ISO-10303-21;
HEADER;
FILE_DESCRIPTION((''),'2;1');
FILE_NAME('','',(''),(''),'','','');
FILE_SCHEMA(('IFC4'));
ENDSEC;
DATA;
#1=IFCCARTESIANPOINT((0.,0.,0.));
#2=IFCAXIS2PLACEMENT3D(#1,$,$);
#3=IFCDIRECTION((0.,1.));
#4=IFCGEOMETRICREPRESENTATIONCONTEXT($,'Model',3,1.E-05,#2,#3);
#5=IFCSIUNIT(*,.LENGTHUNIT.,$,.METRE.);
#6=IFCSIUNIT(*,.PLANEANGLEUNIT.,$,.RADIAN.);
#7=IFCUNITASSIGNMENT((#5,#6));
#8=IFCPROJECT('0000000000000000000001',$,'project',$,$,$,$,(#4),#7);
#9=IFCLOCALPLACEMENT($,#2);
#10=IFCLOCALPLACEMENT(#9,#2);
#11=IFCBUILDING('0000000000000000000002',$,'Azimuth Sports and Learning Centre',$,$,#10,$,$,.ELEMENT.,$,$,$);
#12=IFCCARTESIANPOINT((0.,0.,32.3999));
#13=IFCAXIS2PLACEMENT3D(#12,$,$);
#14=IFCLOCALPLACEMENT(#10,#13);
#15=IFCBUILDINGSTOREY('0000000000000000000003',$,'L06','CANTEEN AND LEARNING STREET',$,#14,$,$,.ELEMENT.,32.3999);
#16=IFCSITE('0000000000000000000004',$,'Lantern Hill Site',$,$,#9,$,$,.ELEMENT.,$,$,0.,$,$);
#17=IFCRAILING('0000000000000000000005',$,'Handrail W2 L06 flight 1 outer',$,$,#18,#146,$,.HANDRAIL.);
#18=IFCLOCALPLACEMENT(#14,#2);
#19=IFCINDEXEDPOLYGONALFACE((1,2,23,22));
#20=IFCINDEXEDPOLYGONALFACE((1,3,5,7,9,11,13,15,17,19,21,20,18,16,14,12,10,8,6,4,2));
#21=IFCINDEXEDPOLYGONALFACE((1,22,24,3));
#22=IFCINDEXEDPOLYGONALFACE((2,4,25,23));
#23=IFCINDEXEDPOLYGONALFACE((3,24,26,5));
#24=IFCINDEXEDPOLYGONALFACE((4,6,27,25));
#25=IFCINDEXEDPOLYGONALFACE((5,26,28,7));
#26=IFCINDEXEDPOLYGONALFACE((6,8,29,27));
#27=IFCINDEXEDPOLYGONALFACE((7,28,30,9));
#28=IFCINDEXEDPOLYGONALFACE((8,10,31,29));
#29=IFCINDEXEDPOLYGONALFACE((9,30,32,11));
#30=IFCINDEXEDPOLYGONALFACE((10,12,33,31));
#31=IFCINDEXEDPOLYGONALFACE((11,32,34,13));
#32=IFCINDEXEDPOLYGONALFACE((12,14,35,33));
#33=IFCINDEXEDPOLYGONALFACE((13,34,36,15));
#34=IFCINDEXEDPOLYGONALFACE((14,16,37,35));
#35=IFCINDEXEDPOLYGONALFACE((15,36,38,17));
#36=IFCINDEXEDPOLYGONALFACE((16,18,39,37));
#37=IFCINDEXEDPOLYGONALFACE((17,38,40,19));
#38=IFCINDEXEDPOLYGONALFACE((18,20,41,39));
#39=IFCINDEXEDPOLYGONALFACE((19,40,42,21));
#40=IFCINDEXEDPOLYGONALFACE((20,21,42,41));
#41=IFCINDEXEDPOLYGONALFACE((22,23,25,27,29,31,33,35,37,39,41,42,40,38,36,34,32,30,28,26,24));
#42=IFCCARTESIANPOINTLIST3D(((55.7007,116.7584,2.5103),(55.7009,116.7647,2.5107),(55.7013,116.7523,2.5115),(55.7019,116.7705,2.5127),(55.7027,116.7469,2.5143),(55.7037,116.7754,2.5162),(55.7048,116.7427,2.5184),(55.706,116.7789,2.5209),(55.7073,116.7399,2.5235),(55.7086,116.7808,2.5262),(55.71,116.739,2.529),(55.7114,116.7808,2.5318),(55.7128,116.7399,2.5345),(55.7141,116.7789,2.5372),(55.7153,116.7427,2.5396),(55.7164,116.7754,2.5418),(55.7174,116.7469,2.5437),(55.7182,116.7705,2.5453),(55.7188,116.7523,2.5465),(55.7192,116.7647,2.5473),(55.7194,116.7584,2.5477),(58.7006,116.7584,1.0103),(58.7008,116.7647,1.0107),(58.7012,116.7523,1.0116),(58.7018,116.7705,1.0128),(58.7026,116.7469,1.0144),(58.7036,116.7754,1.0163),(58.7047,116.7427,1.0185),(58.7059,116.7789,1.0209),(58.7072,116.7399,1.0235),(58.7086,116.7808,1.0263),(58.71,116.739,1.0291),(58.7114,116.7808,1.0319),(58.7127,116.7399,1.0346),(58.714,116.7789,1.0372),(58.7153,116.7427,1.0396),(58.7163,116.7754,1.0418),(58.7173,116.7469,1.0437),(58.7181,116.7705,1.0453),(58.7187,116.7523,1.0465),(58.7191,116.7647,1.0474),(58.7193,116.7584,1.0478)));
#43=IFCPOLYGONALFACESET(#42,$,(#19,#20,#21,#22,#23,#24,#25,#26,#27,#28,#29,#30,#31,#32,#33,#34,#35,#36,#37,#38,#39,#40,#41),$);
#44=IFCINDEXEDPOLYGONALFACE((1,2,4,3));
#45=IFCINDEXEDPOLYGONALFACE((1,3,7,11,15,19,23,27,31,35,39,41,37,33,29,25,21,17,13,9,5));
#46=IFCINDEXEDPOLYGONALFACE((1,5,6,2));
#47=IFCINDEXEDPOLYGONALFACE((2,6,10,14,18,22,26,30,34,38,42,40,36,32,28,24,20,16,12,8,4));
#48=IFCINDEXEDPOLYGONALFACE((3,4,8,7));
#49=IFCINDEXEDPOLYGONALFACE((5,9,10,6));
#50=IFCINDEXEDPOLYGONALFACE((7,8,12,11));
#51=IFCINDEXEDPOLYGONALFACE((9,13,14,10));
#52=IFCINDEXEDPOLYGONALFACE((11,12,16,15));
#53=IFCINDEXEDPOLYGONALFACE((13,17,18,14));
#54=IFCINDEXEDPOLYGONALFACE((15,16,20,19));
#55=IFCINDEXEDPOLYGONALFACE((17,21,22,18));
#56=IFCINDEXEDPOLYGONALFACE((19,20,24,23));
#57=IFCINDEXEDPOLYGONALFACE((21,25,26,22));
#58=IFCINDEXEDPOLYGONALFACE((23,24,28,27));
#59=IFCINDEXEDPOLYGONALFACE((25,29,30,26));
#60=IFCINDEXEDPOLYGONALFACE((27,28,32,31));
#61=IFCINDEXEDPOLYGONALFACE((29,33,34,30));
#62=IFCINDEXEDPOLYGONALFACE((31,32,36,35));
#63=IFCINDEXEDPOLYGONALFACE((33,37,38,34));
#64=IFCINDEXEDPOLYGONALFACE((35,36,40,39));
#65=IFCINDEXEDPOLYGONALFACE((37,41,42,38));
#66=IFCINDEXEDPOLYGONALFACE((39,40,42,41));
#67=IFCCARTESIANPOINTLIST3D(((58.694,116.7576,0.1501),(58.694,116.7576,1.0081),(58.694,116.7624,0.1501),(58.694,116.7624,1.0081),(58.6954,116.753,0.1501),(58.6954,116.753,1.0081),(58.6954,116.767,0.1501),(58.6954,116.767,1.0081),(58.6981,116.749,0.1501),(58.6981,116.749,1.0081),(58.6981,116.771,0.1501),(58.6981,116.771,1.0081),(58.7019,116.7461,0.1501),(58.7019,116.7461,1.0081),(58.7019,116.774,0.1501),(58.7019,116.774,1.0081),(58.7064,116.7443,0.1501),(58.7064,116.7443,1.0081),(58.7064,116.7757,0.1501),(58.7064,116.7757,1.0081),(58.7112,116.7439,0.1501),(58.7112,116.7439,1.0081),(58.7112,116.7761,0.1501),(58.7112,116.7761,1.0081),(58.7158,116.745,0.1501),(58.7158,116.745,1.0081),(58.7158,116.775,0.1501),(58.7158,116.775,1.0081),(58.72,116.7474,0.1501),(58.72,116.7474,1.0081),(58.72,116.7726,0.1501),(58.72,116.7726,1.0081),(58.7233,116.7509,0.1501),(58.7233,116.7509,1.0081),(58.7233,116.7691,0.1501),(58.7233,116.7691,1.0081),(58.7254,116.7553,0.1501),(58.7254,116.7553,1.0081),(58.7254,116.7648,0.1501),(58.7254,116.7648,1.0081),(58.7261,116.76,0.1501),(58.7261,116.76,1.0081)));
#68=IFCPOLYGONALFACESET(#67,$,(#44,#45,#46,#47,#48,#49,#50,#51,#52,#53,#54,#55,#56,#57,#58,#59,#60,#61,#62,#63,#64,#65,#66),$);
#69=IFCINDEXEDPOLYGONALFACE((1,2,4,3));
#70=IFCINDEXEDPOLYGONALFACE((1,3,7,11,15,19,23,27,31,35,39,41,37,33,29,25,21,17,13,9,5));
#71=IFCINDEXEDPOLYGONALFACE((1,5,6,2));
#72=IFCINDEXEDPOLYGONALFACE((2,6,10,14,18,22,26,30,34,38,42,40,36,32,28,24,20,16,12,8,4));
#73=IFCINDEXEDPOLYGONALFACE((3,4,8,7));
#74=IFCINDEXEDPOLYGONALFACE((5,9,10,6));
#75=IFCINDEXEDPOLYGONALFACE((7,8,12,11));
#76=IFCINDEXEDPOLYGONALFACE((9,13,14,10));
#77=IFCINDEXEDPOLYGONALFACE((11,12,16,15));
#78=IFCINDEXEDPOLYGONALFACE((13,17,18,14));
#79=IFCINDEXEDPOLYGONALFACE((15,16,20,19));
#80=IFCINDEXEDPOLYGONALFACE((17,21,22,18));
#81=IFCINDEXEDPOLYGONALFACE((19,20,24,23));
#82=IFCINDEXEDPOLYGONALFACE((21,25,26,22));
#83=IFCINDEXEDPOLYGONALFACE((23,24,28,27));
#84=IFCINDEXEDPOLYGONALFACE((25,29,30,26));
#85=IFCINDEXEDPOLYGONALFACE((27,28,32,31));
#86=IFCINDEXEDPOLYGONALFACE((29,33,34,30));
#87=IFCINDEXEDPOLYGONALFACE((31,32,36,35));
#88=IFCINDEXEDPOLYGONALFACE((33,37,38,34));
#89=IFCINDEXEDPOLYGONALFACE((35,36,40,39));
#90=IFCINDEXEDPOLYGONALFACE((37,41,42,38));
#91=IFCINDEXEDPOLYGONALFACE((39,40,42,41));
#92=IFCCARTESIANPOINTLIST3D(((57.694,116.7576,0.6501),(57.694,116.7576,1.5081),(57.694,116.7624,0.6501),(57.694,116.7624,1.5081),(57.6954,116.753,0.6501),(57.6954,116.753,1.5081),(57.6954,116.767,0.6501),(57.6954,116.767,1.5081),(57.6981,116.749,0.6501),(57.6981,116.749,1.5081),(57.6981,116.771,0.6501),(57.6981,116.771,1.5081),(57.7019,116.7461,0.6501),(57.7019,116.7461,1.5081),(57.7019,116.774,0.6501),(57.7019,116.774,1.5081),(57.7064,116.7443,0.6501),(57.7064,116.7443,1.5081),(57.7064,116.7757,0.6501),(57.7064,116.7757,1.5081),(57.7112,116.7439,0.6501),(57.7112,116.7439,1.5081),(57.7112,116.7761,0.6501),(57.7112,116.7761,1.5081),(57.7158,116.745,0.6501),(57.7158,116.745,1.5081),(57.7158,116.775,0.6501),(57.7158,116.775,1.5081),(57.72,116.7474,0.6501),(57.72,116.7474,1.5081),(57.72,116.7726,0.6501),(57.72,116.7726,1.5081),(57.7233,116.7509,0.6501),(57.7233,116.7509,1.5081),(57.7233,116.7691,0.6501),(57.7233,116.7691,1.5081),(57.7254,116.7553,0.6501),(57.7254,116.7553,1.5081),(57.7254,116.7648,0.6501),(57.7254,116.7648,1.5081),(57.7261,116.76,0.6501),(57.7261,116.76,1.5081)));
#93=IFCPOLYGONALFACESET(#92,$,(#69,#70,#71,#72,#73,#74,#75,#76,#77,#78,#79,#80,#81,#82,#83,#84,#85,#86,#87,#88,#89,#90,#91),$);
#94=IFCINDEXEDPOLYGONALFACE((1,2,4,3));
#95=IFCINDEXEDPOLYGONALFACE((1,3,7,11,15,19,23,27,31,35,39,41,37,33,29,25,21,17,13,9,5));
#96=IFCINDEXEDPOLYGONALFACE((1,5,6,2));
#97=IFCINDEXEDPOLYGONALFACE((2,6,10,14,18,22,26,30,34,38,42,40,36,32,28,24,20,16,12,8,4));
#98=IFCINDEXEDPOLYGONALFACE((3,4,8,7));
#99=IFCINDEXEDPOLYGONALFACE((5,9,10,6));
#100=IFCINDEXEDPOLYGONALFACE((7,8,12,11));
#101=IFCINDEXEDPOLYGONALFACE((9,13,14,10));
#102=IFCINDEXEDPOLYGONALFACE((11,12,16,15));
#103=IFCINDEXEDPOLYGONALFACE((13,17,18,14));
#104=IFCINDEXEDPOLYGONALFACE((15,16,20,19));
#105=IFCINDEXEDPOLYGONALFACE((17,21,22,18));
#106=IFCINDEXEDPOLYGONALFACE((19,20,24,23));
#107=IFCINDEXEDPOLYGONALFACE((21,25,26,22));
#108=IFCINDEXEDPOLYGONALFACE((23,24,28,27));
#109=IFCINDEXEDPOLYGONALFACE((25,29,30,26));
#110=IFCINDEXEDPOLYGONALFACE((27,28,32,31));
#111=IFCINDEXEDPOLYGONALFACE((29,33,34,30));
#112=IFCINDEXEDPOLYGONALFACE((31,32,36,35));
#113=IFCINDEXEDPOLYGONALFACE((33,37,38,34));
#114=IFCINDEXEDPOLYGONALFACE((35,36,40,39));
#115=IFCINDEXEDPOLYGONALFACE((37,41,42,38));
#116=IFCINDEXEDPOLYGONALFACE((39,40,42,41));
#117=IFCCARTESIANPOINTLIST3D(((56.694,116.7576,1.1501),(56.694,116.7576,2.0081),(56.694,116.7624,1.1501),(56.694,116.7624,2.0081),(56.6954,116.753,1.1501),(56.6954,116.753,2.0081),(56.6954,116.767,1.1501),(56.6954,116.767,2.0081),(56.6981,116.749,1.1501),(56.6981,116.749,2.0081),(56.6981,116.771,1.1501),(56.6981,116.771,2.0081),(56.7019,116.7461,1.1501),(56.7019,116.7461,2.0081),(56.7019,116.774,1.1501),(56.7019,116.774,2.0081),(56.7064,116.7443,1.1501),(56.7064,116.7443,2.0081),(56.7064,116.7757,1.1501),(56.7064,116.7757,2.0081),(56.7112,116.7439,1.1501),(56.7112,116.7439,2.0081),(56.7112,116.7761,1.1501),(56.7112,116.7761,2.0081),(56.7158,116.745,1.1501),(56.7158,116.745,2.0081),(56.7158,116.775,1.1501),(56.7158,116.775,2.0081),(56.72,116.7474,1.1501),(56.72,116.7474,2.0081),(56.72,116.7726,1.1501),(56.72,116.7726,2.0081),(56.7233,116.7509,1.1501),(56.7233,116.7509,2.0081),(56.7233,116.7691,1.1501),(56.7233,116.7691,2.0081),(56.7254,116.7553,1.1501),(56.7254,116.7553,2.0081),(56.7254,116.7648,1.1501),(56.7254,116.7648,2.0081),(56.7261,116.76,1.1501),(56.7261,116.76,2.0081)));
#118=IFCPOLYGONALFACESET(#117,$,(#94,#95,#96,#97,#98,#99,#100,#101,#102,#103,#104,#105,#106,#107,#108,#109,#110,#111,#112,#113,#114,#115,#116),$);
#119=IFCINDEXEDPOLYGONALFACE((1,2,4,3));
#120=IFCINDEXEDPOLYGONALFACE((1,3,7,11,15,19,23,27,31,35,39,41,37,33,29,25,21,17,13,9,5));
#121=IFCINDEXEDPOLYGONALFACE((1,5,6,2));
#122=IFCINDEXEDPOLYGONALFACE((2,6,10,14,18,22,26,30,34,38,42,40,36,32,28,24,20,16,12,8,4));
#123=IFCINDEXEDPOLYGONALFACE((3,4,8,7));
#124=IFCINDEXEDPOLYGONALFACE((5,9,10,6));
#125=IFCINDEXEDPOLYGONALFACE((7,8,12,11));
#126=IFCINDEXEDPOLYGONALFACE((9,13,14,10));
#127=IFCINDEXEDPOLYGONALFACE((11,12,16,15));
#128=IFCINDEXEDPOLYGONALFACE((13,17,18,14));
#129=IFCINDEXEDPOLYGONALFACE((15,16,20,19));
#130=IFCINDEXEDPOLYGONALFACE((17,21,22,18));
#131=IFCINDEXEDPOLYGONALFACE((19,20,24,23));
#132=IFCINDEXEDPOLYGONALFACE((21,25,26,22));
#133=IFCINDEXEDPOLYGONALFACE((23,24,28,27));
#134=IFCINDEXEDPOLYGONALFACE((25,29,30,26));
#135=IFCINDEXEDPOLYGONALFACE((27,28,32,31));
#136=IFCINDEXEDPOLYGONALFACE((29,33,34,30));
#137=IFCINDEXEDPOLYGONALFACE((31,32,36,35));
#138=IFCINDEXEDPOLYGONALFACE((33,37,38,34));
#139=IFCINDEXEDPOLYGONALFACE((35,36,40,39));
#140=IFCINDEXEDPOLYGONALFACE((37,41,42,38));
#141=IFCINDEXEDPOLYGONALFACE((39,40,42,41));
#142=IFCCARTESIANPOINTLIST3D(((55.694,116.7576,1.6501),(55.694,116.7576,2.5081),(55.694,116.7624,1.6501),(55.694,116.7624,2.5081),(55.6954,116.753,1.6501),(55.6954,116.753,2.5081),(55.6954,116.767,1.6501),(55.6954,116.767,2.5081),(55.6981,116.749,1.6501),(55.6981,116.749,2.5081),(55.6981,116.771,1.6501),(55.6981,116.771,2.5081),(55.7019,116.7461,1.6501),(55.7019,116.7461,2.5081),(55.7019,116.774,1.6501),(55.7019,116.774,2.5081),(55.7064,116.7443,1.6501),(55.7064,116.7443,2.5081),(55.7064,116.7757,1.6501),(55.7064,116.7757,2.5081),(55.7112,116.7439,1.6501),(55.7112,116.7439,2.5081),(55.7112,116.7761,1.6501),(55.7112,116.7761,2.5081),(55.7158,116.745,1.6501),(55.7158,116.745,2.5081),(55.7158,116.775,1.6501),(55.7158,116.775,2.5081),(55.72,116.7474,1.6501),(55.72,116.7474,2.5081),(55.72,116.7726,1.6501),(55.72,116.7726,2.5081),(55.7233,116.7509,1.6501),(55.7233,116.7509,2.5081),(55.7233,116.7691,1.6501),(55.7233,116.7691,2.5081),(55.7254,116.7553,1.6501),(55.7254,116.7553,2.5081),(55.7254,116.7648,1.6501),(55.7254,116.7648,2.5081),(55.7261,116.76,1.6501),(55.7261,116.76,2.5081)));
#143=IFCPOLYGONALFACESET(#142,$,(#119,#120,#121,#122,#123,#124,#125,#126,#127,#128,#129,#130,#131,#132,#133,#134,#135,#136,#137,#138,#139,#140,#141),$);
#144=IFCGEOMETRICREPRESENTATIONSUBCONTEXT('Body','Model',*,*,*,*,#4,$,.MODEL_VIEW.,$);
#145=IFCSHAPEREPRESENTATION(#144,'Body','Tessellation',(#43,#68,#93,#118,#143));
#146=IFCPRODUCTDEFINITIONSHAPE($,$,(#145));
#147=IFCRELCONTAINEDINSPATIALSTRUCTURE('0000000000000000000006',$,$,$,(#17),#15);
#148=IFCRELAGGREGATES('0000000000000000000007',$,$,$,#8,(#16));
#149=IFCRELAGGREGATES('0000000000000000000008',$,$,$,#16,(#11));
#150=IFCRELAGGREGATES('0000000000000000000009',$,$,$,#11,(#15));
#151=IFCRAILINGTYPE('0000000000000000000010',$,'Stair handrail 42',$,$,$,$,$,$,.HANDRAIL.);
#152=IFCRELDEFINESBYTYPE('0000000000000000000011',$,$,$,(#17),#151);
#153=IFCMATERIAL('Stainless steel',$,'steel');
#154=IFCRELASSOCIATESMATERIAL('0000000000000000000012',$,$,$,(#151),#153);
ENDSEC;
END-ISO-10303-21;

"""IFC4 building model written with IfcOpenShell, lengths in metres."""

from ifc_helpers import new_model, si_unit, direction, frame, origin, origin_2d, place, context, subcontext, project, spatial, circle, extrude, material, type_object, element, save


model = new_model("IFC4")

# Units and contexts
model_context = context("Model", 3, precision=1e-05, world=origin(), true_north=direction((0.0, 1.0)))
body_context = subcontext(model_context, "Body", "Model", "MODEL_VIEW")
ifc_project = project(units=[si_unit("LENGTHUNIT", "METRE"), si_unit("PLANEANGLEUNIT", "RADIAN")], contexts=[model_context])

# Site, building, storey
site_placement = place(None, origin())
site = spatial("IfcSite", under=ifc_project, at=site_placement, Name="Lantern Hill Site", CompositionType="ELEMENT", RefElevation=0.0)
building_placement = place(site_placement, origin())
building = spatial("IfcBuilding", under=site, at=building_placement, Name="Azimuth Sports and Learning Centre", CompositionType="ELEMENT")
storey_placement = place(building_placement, frame((0.0, 0.0, 32.3999)))
storey = spatial("IfcBuildingStorey", under=building, at=storey_placement, Name="L06", Description="CANTEEN AND LEARNING STREET", CompositionType="ELEMENT", Elevation=32.3999)

# Railing
ifc_material_1 = material(Name="Stainless steel", Category="steel")
railing_type_1 = type_object("IfcRailingType", Name="Stair handrail 42", PredefinedType="HANDRAIL", material=ifc_material_1)
for number, where, name in (
    (1, (58.71, 116.76, 0.1501), "Handrail W2 L06 flight 1 outer"),
):
    element("IfcRailing", number, at=place(storey_placement, frame(where)), inside=storey, type_object=railing_type_1, Name=name, PredefinedType="HANDRAIL", context=body_context, shape_type="SweptSolid", body=[
        extrude(circle(Radius=0.021, at=origin_2d()), frame((0.0, 0.0, 0.8789), z_axis=(-0.894427, 0.0, 0.447214), x_axis=(0.0, -1.0, 0.0)), (0.0, 0.0, 1.0), 3.354),
        extrude(circle(Radius=0.0161, at=origin_2d()), origin(), (0.0, 0.0, 1.0), 0.8579),
        extrude(circle(Radius=0.0161, at=origin_2d()), frame((-1.0, 0.0, 0.5)), (0.0, 0.0, 1.0), 0.8579),
        extrude(circle(Radius=0.0161, at=origin_2d()), frame((-2.0, 0.0, 1.0)), (0.0, 0.0, 1.0), 0.8579),
        extrude(circle(Radius=0.0161, at=origin_2d()), frame((-3.0, 0.0, 1.5)), (0.0, 0.0, 1.0), 0.8579),
    ])

save(model, "model.ifc")
